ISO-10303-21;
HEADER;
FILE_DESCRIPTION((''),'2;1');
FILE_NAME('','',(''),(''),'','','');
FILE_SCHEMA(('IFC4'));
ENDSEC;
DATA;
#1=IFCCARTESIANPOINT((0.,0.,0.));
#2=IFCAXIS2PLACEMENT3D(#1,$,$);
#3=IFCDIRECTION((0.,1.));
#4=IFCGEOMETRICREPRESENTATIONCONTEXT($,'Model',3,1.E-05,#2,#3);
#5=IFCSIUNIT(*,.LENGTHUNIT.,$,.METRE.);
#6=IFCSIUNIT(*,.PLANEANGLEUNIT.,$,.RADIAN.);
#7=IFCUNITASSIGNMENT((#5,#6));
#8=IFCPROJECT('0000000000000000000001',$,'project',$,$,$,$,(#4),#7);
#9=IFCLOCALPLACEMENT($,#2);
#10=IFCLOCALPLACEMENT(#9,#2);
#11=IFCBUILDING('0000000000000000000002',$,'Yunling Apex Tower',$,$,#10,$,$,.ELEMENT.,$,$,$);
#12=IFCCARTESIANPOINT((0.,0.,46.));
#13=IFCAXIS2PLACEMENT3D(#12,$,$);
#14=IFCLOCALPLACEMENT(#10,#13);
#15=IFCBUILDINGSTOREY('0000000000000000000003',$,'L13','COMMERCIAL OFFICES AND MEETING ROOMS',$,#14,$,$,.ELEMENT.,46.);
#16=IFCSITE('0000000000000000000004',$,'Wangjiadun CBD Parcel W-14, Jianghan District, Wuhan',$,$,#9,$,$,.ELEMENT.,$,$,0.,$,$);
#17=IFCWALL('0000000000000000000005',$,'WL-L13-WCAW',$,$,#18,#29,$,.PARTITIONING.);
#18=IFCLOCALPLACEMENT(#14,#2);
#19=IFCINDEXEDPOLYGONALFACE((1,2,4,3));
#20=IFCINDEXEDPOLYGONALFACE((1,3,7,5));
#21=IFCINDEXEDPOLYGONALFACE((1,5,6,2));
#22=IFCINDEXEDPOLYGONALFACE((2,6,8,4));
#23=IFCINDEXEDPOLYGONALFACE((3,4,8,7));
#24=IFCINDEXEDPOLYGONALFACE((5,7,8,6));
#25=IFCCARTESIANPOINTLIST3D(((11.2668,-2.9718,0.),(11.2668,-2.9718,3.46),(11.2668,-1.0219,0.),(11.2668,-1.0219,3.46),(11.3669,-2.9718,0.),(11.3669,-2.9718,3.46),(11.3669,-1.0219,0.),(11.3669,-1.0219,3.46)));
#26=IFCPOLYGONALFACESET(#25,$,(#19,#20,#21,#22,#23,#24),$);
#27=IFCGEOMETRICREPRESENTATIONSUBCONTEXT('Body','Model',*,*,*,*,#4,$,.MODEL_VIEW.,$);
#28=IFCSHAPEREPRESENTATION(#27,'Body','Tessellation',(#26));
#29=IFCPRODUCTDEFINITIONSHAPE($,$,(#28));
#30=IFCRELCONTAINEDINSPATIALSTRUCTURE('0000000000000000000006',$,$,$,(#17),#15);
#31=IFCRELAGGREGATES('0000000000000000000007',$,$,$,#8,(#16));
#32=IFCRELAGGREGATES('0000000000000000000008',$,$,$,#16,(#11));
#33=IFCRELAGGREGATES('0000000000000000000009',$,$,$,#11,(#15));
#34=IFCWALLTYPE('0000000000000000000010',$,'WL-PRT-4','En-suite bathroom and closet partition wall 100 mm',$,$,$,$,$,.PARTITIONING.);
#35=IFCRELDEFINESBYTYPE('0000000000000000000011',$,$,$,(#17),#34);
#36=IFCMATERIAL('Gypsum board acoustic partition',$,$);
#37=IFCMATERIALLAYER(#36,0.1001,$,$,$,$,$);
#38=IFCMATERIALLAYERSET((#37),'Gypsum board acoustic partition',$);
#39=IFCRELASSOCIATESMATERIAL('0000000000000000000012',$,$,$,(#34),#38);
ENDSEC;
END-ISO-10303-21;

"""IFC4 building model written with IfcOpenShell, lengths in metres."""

from ifc_helpers import new_model, si_unit, direction, frame, frame_2d, origin, place, context, subcontext, project, spatial, rectangle, extrude, material, layer, layer_set, type_object, element, save


model = new_model("IFC4")

# Units and contexts
model_context = context("Model", 3, precision=1e-05, world=origin(), true_north=direction((0.0, 1.0)))
body_context = subcontext(model_context, "Body", "Model", "MODEL_VIEW")
ifc_project = project(units=[si_unit("LENGTHUNIT", "METRE"), si_unit("PLANEANGLEUNIT", "RADIAN")], contexts=[model_context])

# Site, building, storey
site_placement = place(None, origin())
site = spatial("IfcSite", under=ifc_project, at=site_placement, Name="Wangjiadun CBD Parcel W-14, Jianghan District, Wuhan", CompositionType="ELEMENT", RefElevation=0.0)
building_placement = place(site_placement, origin())
building = spatial("IfcBuilding", under=site, at=building_placement, Name="Yunling Apex Tower", CompositionType="ELEMENT")
storey_placement = place(building_placement, frame((0.0, 0.0, 46.0)))
storey = spatial("IfcBuildingStorey", under=building, at=storey_placement, Name="L13", Description="COMMERCIAL OFFICES AND MEETING ROOMS", CompositionType="ELEMENT", Elevation=46.0)

# Shared definitions
ifc_material_1 = material(Name="Gypsum board acoustic partition")

# Shared definitions
ifc_layer_1 = layer(ifc_material_1, 0.1001)
ifc_layer_set_1 = layer_set([ifc_layer_1], Name="Gypsum board acoustic partition")
wall_type_1 = type_object("IfcWallType", Name="WL-PRT-4", Description="En-suite bathroom and closet partition wall 100 mm", PredefinedType="PARTITIONING", material=ifc_layer_set_1)

# Wall
for number, where, z_axis, x_axis, name in (
    (1, (11.3169, -2.9719, 0.0), (0.0, 0.0, 1.0), (0.0, 1.0, 0.0), "WL-L13-WCAW"),
):
    element("IfcWall", number, at=place(storey_placement, frame(where, z_axis=z_axis, x_axis=x_axis)), inside=storey, type_object=wall_type_1, Name=name, PredefinedType="PARTITIONING", context=body_context, shape_type="SweptSolid", body=[
        extrude(rectangle(XDim=1.95, YDim=0.1001, at=frame_2d((0.9751, 0.0))), origin(), (0.0, 0.0, 1.0), 3.46),
    ])

save(model, "model.ifc")
